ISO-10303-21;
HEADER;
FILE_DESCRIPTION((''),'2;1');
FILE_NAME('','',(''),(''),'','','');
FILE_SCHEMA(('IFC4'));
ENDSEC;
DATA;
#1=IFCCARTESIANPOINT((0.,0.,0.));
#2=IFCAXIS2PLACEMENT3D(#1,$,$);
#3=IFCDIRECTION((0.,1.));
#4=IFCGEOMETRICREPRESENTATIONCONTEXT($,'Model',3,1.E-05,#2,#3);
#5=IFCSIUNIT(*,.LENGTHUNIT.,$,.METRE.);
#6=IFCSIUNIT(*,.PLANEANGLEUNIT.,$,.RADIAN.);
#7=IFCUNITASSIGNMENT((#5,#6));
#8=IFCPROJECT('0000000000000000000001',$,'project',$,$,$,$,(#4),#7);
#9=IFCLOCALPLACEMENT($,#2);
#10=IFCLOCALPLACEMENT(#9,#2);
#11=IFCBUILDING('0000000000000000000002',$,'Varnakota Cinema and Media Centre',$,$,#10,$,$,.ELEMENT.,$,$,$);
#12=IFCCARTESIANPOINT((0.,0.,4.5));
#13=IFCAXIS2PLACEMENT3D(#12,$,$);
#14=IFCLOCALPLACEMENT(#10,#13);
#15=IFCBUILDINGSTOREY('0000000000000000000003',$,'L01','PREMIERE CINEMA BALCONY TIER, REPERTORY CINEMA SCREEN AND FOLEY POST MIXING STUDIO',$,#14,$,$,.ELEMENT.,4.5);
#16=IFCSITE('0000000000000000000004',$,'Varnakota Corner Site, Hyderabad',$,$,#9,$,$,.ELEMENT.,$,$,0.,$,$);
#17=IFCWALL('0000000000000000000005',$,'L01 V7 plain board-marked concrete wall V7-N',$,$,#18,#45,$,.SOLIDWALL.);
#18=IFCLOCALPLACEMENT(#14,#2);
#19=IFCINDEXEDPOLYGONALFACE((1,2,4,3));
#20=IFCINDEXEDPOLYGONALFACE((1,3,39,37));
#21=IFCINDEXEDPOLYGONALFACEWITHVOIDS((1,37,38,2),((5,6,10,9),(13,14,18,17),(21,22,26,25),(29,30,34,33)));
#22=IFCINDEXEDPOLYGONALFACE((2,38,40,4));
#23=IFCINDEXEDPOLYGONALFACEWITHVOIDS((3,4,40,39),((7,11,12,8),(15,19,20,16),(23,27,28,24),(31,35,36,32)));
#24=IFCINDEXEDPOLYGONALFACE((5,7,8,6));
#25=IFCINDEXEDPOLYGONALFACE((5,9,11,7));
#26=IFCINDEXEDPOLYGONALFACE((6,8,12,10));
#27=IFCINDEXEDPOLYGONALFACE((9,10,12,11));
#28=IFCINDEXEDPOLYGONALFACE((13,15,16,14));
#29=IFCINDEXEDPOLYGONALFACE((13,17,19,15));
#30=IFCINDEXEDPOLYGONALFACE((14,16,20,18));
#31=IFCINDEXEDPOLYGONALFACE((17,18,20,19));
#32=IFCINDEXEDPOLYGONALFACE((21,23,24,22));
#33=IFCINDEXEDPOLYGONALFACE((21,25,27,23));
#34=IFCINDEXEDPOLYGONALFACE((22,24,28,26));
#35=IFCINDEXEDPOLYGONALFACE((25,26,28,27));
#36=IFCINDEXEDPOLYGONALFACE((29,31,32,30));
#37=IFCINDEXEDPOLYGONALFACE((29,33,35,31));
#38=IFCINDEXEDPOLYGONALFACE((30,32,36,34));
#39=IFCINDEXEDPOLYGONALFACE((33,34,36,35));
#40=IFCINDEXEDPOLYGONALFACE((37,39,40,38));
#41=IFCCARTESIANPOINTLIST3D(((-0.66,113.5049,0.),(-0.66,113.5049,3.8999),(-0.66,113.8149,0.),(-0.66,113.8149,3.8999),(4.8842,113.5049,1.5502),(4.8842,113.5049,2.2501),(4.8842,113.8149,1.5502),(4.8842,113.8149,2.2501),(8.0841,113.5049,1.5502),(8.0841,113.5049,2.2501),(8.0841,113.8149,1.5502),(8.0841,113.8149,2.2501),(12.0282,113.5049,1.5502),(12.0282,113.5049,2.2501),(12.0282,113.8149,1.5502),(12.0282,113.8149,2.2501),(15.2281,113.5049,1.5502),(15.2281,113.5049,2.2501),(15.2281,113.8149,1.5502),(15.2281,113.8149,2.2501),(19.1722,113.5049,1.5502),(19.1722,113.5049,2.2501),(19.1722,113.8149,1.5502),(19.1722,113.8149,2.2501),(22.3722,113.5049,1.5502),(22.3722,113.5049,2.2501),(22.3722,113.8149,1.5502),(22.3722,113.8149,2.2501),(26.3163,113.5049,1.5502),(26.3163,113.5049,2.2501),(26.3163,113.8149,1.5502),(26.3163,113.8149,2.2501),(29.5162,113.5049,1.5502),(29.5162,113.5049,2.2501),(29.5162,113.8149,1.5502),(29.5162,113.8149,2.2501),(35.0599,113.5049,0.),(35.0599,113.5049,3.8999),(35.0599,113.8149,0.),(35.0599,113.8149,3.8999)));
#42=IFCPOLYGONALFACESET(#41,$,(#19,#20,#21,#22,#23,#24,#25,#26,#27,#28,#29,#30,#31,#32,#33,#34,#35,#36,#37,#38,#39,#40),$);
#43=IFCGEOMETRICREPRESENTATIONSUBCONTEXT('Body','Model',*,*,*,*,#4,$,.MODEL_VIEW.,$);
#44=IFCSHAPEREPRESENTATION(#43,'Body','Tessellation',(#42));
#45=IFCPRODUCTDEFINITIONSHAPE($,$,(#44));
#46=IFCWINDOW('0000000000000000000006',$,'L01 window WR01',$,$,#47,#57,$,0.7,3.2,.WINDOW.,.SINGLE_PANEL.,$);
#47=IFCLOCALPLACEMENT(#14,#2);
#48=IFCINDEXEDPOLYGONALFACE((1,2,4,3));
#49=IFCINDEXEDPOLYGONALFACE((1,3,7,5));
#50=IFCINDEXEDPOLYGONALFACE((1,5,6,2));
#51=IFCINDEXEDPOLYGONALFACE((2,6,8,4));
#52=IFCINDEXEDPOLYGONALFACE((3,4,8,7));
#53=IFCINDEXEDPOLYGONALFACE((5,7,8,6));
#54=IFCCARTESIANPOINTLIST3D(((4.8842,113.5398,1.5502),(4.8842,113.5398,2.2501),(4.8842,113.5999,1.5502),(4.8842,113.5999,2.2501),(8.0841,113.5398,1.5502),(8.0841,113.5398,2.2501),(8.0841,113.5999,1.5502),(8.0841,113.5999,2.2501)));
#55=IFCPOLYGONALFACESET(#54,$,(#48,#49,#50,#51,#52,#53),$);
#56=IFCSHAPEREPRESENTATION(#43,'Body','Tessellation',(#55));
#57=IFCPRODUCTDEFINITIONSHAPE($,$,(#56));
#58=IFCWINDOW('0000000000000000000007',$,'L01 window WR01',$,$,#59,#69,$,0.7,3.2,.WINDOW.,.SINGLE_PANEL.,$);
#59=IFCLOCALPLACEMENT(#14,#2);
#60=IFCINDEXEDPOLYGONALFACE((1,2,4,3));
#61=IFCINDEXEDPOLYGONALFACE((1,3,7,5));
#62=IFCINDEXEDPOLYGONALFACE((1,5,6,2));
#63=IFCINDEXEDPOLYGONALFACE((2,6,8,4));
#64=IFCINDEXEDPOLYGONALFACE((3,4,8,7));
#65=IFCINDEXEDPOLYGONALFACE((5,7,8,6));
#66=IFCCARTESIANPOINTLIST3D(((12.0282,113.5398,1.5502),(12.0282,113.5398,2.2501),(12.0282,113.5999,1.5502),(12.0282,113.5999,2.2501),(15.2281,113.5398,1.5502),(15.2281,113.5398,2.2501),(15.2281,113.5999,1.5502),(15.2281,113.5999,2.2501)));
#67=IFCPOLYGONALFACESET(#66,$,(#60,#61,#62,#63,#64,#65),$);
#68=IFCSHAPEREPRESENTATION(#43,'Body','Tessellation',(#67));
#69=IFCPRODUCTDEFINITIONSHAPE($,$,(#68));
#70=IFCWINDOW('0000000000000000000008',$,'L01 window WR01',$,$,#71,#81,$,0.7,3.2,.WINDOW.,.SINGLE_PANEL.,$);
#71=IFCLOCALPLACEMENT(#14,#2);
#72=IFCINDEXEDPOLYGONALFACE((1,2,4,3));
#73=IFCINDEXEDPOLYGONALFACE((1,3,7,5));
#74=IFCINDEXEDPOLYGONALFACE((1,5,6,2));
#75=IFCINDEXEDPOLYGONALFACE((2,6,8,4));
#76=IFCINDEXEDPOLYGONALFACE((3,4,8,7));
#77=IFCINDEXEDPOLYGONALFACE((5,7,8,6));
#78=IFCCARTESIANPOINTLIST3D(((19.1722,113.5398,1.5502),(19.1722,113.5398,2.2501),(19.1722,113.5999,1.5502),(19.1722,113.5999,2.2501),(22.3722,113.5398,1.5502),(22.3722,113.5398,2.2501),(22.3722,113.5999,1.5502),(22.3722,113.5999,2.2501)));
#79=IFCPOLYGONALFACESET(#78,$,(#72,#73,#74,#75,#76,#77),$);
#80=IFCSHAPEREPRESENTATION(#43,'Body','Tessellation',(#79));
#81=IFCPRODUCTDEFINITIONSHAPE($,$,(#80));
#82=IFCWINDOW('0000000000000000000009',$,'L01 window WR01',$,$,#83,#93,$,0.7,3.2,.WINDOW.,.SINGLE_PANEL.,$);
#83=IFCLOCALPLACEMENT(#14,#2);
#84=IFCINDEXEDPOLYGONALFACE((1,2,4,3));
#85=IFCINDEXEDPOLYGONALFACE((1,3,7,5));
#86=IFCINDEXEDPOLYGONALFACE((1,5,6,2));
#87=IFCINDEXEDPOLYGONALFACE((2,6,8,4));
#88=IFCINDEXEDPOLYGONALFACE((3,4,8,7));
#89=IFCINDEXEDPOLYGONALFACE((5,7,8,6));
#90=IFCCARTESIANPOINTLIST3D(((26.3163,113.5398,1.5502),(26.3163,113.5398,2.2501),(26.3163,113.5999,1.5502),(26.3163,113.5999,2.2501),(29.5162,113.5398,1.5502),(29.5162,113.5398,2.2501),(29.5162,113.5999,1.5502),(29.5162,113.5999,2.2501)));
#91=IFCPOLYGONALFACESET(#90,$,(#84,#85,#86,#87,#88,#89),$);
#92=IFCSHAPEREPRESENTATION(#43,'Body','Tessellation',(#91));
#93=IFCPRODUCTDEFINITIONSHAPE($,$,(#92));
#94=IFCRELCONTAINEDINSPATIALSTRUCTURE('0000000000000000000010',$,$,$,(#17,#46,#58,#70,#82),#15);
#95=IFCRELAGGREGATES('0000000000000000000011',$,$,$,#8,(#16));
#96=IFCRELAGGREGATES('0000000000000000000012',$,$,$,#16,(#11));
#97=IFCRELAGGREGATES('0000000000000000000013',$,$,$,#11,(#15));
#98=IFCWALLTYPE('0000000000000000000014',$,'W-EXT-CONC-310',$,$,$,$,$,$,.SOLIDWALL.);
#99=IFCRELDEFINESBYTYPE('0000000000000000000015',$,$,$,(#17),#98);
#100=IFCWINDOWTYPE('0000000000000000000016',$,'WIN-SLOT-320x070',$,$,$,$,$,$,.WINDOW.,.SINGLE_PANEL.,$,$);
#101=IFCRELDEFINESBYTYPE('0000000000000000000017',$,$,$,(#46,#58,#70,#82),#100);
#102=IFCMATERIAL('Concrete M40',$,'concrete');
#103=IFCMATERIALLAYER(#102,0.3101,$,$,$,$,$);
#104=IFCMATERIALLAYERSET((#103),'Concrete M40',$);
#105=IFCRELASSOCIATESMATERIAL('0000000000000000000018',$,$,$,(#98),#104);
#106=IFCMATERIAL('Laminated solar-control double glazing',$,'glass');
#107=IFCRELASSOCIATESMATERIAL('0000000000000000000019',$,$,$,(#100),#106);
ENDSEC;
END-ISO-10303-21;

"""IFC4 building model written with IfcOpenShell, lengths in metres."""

from ifc_helpers import new_model, si_unit, direction, frame, frame_2d, origin, place, context, subcontext, project, spatial, rectangle, extrude, material, layer, layer_set, type_object, element, fill, save


model = new_model("IFC4")

# Units and contexts
model_context = context("Model", 3, precision=1e-05, world=origin(), true_north=direction((0.0, 1.0)))
body_context = subcontext(model_context, "Body", "Model", "MODEL_VIEW")
ifc_project = project(units=[si_unit("LENGTHUNIT", "METRE"), si_unit("PLANEANGLEUNIT", "RADIAN")], contexts=[model_context])

# Site, building, storey
site_placement = place(None, origin())
site = spatial("IfcSite", under=ifc_project, at=site_placement, Name="Varnakota Corner Site, Hyderabad", CompositionType="ELEMENT", RefElevation=0.0)
building_placement = place(site_placement, origin())
building = spatial("IfcBuilding", under=site, at=building_placement, Name="Varnakota Cinema and Media Centre", CompositionType="ELEMENT")
storey_placement = place(building_placement, frame((0.0, 0.0, 4.5)))
storey = spatial("IfcBuildingStorey", under=building, at=storey_placement, Name="L01", Description="PREMIERE CINEMA BALCONY TIER, REPERTORY CINEMA SCREEN AND FOLEY POST MIXING STUDIO", CompositionType="ELEMENT", Elevation=4.5)

# Wall, openings, windows
ifc_material_1 = material(Name="Concrete M40", Category="concrete")
ifc_layer_1 = layer(ifc_material_1, 0.3101)
ifc_layer_set_1 = layer_set([ifc_layer_1], Name="Concrete M40")
wall_type_1 = type_object("IfcWallType", Name="W-EXT-CONC-310", PredefinedType="SOLIDWALL", material=ifc_layer_set_1)
wall_1_placement = place(storey_placement, frame((-0.6599, 113.6599, 0.0), z_axis=(0.0, 0.0, 1.0), x_axis=(1.0, 0.0, 0.0)))
wall_1 = element("IfcWall", 1, at=wall_1_placement, inside=storey, type_object=wall_type_1, Name="L01 V7 plain board-marked concrete wall V7-N", PredefinedType="SOLIDWALL", context=body_context, shape_type="SweptSolid", body=[
    extrude(rectangle(XDim=35.72, YDim=0.3101, at=frame_2d((17.8599, 0.0))), origin(), (0.0, 0.0, 1.0), 3.8999),
])
opening_1_placement = place(wall_1_placement, frame((5.5439, 0.0, 1.55)))
opening_1 = element("IfcOpeningElement", 2, at=opening_1_placement, cuts=wall_1, PredefinedType="OPENING", context=body_context, shape_type="SweptSolid", body=[
    extrude(rectangle(XDim=3.2, YDim=0.7, at=frame_2d((1.6001, 0.3501))), frame((0.0, 0.155, 0.0), z_axis=(0.0, -1.0, 0.0), x_axis=(1.0, 0.0, 0.0)), (0.0, 0.0, 1.0), 0.3101),
])
opening_2_placement = place(wall_1_placement, frame((12.688, 0.0, 1.55)))
opening_2 = element("IfcOpeningElement", 3, at=opening_2_placement, cuts=wall_1, PredefinedType="OPENING", context=body_context, shape_type="SweptSolid", body=[
    extrude(rectangle(XDim=3.2, YDim=0.7, at=frame_2d((1.6001, 0.3501))), frame((0.0, 0.155, 0.0), z_axis=(0.0, -1.0, 0.0), x_axis=(1.0, 0.0, 0.0)), (0.0, 0.0, 1.0), 0.3101),
])
opening_3_placement = place(wall_1_placement, frame((19.832, 0.0, 1.55)))
opening_3 = element("IfcOpeningElement", 4, at=opening_3_placement, cuts=wall_1, PredefinedType="OPENING", context=body_context, shape_type="SweptSolid", body=[
    extrude(rectangle(XDim=3.2, YDim=0.7, at=frame_2d((1.6001, 0.3501))), frame((0.0, 0.155, 0.0), z_axis=(0.0, -1.0, 0.0), x_axis=(1.0, 0.0, 0.0)), (0.0, 0.0, 1.0), 0.3101),
])
opening_4_placement = place(wall_1_placement, frame((26.9761, 0.0, 1.55)))
opening_4 = element("IfcOpeningElement", 5, at=opening_4_placement, cuts=wall_1, PredefinedType="OPENING", context=body_context, shape_type="SweptSolid", body=[
    extrude(rectangle(XDim=3.2, YDim=0.7, at=frame_2d((1.6001, 0.3501))), frame((0.0, 0.155, 0.0), z_axis=(0.0, -1.0, 0.0), x_axis=(1.0, 0.0, 0.0)), (0.0, 0.0, 1.0), 0.3101),
])
ifc_material_2 = material(Name="Laminated solar-control double glazing", Category="glass")
window_type = type_object("IfcWindowType", Name="WIN-SLOT-320x070", PartitioningType="SINGLE_PANEL", PredefinedType="WINDOW", material=ifc_material_2)
window_1_placement = place(opening_1_placement, origin())
window_1 = element("IfcWindow", 6, at=window_1_placement, inside=storey, type_object=window_type, Name="L01 window WR01", OverallHeight=0.7, OverallWidth=3.2, PartitioningType="SINGLE_PANEL", PredefinedType="WINDOW", context=body_context, shape_type="SweptSolid", body=[
    extrude(rectangle(XDim=3.2, YDim=0.7, at=frame_2d((1.6001, 0.3501))), frame((0.0, -0.0601, 0.0), z_axis=(0.0, -1.0, 0.0), x_axis=(1.0, 0.0, 0.0)), (0.0, 0.0, 1.0), 0.0601),
])
fill(opening_1, window_1)
window_2_placement = place(opening_2_placement, origin())
window_2 = element("IfcWindow", 7, at=window_2_placement, inside=storey, type_object=window_type, Name="L01 window WR01", OverallHeight=0.7, OverallWidth=3.2, PartitioningType="SINGLE_PANEL", PredefinedType="WINDOW", context=body_context, shape_type="SweptSolid", body=[
    extrude(rectangle(XDim=3.2, YDim=0.7, at=frame_2d((1.6001, 0.3501))), frame((0.0, -0.0601, 0.0), z_axis=(0.0, -1.0, 0.0), x_axis=(1.0, 0.0, 0.0)), (0.0, 0.0, 1.0), 0.0601),
])
fill(opening_2, window_2)
window_3_placement = place(opening_3_placement, origin())
window_3 = element("IfcWindow", 8, at=window_3_placement, inside=storey, type_object=window_type, Name="L01 window WR01", OverallHeight=0.7, OverallWidth=3.2, PartitioningType="SINGLE_PANEL", PredefinedType="WINDOW", context=body_context, shape_type="SweptSolid", body=[
    extrude(rectangle(XDim=3.2, YDim=0.7, at=frame_2d((1.6001, 0.3501))), frame((0.0, -0.0601, 0.0), z_axis=(0.0, -1.0, 0.0), x_axis=(1.0, 0.0, 0.0)), (0.0, 0.0, 1.0), 0.0601),
])
fill(opening_3, window_3)
window_4_placement = place(opening_4_placement, origin())
window_4 = element("IfcWindow", 9, at=window_4_placement, inside=storey, type_object=window_type, Name="L01 window WR01", OverallHeight=0.7, OverallWidth=3.2, PartitioningType="SINGLE_PANEL", PredefinedType="WINDOW", context=body_context, shape_type="SweptSolid", body=[
    extrude(rectangle(XDim=3.2, YDim=0.7, at=frame_2d((1.6001, 0.3501))), frame((0.0, -0.0601, 0.0), z_axis=(0.0, -1.0, 0.0), x_axis=(1.0, 0.0, 0.0)), (0.0, 0.0, 1.0), 0.0601),
])
fill(opening_4, window_4)

save(model, "model.ifc")
